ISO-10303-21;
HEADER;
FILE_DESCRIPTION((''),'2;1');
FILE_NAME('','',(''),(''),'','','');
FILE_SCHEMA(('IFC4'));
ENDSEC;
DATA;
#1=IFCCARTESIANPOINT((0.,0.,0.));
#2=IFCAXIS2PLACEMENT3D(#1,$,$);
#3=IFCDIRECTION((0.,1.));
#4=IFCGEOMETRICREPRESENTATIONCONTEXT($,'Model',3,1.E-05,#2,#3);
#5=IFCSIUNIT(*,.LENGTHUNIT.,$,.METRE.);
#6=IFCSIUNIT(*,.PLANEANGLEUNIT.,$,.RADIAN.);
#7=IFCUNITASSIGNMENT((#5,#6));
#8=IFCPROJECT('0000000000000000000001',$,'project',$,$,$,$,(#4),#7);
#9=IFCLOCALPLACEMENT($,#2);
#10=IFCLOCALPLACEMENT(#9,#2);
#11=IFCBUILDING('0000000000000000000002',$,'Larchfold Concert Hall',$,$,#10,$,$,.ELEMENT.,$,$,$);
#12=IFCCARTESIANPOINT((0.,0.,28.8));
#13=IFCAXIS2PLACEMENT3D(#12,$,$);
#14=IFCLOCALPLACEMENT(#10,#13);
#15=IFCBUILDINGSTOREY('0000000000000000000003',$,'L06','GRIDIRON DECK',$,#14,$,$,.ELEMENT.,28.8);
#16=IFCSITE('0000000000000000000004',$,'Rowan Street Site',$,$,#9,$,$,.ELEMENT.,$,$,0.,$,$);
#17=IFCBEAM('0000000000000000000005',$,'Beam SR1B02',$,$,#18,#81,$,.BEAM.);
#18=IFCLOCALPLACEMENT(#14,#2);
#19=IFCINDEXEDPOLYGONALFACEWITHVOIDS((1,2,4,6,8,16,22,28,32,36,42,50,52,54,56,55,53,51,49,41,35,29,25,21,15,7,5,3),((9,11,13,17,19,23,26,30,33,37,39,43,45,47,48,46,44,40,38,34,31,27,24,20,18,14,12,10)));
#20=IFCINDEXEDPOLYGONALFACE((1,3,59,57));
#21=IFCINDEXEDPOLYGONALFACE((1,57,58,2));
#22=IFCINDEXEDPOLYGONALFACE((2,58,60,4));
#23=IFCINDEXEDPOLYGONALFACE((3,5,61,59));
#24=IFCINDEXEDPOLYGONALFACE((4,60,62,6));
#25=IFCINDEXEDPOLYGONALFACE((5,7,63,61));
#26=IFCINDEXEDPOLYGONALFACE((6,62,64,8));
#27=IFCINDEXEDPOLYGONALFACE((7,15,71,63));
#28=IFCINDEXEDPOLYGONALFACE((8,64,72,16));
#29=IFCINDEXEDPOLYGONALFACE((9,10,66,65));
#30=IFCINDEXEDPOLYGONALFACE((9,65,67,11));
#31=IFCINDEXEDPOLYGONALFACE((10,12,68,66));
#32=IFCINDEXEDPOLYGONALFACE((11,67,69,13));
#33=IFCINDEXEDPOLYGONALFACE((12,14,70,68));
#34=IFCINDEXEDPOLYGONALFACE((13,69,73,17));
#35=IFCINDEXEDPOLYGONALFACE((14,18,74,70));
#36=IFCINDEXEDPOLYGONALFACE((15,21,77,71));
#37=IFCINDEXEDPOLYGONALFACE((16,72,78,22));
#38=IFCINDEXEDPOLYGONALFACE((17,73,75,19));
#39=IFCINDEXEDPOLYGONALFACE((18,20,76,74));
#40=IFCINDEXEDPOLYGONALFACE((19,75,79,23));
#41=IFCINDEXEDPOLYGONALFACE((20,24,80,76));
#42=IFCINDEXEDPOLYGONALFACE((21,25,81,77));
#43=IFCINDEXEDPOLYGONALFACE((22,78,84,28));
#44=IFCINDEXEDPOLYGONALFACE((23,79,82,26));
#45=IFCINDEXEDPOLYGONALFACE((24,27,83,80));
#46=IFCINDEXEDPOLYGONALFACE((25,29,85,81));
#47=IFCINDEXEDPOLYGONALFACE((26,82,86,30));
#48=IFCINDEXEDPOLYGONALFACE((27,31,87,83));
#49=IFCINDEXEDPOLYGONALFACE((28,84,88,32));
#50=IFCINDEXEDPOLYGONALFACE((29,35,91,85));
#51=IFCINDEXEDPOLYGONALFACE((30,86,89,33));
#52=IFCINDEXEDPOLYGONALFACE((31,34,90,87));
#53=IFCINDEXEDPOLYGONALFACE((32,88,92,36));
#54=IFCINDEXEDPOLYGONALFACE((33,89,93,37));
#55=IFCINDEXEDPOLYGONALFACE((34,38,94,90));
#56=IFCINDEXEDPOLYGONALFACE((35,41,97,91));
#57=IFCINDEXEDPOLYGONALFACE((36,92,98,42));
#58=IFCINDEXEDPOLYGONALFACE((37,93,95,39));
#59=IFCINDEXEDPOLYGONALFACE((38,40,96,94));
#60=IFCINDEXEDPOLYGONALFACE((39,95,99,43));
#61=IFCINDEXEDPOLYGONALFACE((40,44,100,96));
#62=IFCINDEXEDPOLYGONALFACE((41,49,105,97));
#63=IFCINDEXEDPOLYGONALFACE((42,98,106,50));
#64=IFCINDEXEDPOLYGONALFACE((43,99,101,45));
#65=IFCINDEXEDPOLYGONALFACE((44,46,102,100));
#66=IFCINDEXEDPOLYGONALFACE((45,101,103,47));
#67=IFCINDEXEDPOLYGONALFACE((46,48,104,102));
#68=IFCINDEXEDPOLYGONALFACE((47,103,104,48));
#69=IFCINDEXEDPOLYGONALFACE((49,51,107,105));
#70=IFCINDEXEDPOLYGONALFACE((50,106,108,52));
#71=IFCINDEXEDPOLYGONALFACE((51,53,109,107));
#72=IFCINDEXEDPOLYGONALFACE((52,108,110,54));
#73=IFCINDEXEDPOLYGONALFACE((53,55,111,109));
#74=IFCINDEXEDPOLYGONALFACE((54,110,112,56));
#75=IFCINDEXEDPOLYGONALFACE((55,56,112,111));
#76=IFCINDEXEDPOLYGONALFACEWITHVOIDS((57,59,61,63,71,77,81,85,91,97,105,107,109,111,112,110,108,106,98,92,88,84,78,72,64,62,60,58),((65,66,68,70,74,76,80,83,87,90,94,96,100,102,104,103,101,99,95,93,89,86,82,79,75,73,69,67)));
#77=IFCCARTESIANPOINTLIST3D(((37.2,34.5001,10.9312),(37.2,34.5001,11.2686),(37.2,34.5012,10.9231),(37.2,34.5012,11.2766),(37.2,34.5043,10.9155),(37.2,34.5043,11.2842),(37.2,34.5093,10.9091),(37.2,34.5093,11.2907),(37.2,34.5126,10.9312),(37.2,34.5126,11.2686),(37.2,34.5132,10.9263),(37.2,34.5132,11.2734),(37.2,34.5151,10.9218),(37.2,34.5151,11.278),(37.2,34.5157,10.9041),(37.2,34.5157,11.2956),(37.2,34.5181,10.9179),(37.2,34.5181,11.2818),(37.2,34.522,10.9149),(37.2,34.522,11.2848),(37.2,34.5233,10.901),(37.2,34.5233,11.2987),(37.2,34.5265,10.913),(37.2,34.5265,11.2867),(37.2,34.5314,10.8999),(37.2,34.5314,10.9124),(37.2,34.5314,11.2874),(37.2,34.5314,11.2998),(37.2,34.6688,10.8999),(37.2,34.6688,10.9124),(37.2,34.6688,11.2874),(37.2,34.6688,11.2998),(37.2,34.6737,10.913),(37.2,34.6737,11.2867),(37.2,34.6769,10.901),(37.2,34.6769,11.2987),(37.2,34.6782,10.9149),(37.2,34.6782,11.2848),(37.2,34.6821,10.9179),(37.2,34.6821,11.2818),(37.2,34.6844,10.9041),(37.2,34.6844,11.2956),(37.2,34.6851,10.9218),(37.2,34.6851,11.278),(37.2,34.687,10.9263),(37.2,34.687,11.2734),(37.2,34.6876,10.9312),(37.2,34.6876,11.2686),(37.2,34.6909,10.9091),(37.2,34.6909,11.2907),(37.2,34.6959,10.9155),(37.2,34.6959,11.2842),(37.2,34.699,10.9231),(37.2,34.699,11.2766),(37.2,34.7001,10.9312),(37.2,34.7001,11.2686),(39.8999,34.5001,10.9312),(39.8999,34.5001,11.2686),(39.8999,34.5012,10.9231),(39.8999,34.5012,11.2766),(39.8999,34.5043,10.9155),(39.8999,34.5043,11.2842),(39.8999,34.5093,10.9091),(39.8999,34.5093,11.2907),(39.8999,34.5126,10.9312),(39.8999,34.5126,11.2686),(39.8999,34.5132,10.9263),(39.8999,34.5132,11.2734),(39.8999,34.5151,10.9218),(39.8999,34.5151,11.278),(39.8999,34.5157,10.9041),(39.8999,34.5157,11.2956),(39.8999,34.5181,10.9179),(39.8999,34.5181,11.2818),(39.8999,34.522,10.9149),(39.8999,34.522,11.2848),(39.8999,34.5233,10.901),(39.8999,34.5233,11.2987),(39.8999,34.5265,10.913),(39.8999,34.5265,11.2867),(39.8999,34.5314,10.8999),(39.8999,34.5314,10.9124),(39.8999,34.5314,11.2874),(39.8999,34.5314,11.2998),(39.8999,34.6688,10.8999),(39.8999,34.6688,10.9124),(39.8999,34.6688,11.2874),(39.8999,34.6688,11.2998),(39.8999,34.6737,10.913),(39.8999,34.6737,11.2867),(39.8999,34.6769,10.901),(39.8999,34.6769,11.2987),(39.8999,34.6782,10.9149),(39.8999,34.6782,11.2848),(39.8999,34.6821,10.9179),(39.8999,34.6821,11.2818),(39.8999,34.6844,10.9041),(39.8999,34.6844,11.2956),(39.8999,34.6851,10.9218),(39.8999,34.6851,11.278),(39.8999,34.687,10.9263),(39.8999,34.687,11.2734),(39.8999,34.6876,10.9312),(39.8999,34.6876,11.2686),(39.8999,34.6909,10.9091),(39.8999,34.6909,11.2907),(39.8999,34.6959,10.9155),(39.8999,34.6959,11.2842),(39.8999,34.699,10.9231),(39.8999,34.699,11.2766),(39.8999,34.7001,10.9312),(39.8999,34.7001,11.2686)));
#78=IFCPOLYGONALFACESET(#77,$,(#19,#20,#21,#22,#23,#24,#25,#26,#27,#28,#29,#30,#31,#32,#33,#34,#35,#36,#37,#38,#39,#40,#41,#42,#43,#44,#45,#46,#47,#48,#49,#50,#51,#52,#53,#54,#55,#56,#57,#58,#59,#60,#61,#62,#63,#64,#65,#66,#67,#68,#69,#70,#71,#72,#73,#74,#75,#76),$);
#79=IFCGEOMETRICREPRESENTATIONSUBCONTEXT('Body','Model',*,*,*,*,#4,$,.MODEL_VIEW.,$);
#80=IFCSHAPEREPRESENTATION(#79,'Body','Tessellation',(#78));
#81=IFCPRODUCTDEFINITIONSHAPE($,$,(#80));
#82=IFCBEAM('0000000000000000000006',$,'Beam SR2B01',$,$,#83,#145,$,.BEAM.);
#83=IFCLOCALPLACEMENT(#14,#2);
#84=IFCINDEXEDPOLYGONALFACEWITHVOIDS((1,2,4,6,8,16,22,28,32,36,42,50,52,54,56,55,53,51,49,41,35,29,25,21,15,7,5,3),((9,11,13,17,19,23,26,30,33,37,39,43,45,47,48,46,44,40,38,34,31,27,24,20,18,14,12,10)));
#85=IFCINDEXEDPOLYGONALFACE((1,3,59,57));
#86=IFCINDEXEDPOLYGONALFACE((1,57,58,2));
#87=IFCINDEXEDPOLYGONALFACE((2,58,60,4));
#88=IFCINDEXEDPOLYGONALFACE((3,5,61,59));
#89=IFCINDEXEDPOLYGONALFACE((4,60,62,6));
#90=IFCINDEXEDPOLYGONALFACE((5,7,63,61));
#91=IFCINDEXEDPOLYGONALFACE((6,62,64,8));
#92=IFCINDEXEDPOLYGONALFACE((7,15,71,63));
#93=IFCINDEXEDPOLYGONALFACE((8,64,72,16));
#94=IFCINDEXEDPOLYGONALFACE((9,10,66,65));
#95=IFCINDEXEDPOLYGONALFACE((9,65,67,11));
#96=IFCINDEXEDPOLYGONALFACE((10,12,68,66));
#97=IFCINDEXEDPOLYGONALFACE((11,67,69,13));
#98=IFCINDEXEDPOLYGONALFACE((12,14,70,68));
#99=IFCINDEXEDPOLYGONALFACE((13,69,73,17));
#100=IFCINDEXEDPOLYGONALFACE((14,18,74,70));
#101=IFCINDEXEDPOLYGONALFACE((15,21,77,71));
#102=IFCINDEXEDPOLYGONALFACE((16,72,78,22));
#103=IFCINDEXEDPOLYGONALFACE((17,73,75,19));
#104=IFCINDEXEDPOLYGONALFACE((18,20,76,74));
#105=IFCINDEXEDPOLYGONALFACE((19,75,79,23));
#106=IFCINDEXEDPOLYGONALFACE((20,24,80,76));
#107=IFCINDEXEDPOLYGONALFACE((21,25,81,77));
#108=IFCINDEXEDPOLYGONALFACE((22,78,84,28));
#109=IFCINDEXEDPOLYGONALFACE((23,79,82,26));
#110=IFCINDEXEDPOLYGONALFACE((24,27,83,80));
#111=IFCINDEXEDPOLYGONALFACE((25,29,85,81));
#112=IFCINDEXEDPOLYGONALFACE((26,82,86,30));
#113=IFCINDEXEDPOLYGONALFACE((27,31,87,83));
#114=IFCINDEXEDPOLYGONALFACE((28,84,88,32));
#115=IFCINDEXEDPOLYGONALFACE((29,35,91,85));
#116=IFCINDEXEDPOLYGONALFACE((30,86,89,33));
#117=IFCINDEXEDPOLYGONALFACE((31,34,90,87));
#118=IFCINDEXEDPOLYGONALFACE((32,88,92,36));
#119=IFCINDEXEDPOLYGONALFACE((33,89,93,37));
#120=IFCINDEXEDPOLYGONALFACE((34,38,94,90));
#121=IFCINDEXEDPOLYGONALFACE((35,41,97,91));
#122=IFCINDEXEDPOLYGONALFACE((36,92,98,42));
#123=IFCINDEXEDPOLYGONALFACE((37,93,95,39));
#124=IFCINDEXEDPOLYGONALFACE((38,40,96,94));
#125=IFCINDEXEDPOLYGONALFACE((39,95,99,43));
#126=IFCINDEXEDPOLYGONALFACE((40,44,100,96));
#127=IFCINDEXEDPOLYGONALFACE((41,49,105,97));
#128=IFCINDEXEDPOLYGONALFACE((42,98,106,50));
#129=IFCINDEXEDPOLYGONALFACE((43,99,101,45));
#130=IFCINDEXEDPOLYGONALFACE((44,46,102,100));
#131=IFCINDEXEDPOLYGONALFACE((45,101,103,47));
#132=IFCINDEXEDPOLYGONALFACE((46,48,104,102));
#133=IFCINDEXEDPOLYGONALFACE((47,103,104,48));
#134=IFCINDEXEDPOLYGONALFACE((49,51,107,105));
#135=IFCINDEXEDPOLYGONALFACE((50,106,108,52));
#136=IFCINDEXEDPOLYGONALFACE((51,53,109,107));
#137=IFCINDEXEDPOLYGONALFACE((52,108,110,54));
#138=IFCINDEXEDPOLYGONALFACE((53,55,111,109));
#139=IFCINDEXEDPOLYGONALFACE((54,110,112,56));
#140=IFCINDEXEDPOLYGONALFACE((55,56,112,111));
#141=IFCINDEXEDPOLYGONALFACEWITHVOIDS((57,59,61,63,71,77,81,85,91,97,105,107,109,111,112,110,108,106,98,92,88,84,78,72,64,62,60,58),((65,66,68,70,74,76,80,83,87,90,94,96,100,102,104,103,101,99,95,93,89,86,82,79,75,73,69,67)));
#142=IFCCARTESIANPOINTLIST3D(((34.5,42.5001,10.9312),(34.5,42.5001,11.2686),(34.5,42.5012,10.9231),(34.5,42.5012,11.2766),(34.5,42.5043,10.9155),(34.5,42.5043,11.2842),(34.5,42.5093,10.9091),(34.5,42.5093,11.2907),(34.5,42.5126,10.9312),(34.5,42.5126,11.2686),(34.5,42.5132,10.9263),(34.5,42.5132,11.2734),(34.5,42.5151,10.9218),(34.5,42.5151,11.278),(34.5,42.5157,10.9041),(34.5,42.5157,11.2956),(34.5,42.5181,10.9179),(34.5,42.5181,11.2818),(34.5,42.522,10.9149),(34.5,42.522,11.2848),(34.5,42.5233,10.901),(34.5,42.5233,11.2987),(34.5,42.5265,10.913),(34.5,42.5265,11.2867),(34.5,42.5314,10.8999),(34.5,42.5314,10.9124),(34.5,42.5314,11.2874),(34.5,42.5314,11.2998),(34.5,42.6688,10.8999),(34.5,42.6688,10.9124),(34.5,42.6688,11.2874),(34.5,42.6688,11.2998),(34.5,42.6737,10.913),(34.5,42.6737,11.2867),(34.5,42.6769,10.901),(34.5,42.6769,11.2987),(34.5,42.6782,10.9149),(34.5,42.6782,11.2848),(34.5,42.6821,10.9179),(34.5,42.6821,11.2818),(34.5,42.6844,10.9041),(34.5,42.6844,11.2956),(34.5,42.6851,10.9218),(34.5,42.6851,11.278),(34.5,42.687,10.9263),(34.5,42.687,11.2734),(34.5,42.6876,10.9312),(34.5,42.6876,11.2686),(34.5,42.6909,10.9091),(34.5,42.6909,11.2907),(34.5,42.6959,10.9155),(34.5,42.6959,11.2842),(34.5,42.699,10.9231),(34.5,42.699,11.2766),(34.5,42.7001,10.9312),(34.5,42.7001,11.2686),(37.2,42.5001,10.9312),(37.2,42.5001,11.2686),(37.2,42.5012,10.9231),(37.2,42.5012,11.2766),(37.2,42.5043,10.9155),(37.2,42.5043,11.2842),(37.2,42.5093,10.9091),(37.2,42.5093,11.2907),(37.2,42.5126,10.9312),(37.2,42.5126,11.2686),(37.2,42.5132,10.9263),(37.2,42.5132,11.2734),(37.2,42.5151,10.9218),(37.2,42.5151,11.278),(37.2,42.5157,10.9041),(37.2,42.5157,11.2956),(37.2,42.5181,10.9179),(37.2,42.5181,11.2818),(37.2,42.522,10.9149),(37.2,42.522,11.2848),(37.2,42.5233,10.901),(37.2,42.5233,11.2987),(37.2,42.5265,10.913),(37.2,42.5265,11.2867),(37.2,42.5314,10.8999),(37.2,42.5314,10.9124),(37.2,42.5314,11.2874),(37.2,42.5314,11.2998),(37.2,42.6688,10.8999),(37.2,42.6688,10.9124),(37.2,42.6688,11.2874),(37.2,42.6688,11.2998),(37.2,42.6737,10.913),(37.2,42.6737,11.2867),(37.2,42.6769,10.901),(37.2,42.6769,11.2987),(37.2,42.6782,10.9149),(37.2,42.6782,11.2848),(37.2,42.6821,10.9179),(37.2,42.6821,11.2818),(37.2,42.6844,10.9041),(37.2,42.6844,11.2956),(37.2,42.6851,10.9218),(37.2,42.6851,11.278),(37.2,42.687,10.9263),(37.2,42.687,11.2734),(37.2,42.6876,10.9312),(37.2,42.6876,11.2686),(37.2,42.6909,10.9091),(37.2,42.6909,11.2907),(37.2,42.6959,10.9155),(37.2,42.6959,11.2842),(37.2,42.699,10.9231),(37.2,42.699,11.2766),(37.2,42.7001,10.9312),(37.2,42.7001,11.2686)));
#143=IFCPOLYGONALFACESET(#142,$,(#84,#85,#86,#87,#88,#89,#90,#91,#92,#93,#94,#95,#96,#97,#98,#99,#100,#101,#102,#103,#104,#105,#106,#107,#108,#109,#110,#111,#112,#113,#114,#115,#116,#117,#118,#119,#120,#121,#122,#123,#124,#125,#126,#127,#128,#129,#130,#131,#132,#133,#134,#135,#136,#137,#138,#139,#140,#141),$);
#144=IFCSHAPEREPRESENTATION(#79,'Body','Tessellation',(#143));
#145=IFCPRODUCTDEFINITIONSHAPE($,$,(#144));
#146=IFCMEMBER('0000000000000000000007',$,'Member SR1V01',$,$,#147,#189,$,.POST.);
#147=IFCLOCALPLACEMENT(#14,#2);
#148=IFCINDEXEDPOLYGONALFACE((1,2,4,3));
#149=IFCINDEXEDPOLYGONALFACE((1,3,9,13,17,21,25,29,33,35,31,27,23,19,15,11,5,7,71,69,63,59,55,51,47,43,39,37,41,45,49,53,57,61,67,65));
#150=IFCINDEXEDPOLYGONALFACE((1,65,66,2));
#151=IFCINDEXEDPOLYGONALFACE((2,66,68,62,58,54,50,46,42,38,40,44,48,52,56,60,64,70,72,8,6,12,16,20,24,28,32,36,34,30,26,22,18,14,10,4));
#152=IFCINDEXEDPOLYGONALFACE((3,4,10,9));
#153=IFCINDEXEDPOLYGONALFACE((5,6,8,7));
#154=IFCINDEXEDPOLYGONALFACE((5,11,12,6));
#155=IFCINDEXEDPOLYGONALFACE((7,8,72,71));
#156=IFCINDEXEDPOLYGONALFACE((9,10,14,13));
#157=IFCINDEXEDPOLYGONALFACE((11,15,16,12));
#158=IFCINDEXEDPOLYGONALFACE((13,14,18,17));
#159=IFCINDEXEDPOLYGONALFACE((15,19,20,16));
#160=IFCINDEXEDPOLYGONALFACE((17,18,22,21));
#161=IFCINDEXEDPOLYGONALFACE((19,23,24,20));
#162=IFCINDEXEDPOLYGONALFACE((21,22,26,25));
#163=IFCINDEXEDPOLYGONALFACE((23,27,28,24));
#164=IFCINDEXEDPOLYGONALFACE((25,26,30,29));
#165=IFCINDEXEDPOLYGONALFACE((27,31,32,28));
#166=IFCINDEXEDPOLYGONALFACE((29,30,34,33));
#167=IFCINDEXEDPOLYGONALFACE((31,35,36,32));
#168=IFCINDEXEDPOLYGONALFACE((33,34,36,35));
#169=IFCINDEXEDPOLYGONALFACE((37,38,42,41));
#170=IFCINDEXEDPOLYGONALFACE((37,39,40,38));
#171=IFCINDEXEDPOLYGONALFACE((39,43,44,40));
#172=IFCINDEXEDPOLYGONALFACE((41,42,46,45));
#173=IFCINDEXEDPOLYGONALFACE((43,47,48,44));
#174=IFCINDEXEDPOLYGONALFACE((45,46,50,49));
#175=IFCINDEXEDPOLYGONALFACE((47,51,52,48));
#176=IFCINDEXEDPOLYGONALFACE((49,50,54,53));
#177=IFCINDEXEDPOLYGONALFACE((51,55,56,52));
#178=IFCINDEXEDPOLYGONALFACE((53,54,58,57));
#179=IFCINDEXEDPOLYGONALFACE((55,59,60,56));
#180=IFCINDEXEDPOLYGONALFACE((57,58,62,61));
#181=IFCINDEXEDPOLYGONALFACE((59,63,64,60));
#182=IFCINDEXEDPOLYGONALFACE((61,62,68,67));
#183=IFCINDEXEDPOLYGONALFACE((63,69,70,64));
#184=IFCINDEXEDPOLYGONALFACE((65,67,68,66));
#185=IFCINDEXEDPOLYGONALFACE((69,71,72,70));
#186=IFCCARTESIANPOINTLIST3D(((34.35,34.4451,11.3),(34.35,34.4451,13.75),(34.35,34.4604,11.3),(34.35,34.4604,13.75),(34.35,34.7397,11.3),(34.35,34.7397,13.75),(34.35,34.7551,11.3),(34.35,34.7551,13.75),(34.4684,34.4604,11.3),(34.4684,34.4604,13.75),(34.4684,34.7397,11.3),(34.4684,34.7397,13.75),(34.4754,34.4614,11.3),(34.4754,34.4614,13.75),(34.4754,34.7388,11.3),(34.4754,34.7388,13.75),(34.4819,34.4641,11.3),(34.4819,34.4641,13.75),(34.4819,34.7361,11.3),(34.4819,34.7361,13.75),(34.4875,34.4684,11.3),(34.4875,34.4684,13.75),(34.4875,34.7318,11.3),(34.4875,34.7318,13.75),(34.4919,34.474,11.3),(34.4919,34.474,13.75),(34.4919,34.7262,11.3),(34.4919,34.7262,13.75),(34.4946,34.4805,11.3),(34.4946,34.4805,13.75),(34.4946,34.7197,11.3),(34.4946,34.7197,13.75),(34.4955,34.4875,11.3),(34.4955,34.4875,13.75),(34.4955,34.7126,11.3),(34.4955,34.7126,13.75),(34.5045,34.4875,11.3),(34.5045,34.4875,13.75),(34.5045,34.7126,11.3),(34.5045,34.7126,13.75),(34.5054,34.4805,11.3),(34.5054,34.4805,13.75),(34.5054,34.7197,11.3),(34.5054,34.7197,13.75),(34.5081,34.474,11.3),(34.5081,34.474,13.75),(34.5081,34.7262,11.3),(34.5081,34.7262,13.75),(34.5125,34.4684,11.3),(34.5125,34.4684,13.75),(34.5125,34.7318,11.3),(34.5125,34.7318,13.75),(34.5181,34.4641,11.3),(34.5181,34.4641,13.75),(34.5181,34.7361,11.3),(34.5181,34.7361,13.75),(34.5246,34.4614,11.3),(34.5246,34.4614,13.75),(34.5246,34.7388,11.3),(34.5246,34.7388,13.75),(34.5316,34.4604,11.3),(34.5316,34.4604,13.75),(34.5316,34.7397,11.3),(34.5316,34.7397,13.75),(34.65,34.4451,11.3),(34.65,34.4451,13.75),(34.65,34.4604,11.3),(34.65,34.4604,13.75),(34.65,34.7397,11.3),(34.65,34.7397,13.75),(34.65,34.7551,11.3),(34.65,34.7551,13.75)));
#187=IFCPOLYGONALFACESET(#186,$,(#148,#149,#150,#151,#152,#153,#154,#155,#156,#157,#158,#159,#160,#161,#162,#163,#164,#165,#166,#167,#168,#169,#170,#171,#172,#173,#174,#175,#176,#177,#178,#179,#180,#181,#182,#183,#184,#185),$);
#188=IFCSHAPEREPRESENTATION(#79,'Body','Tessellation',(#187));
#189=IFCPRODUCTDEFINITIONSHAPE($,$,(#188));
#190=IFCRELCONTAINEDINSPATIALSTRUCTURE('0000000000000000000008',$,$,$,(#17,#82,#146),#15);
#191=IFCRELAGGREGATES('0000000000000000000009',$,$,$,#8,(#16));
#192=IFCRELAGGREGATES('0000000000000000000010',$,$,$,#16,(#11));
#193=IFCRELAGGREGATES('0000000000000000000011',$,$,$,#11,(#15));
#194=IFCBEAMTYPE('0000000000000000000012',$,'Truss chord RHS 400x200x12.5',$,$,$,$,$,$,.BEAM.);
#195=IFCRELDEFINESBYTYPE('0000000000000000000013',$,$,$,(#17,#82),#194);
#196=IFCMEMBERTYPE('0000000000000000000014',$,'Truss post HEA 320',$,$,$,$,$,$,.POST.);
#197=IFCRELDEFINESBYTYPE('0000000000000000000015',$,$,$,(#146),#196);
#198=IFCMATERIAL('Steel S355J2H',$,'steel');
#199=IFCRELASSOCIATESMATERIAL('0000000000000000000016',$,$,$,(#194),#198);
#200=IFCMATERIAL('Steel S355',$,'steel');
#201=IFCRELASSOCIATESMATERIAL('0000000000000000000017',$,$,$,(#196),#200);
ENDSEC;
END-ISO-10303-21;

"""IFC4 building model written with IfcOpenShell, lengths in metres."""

from ifc_helpers import new_model, si_unit, direction, frame, origin, origin_2d, place, context, subcontext, project, spatial, hollow_rectangle, i_section, extrude, material, material_profile, profile_set, type_object, element, save


model = new_model("IFC4")

# Units and contexts
model_context = context("Model", 3, precision=1e-05, world=origin(), true_north=direction((0.0, 1.0)))
body_context = subcontext(model_context, "Body", "Model", "MODEL_VIEW")
ifc_project = project(units=[si_unit("LENGTHUNIT", "METRE"), si_unit("PLANEANGLEUNIT", "RADIAN")], contexts=[model_context])

# Site, building, storey
site_placement = place(None, origin())
site = spatial("IfcSite", under=ifc_project, at=site_placement, Name="Rowan Street Site", CompositionType="ELEMENT", RefElevation=0.0)
building_placement = place(site_placement, origin())
building = spatial("IfcBuilding", under=site, at=building_placement, Name="Larchfold Concert Hall", CompositionType="ELEMENT")
storey_placement = place(building_placement, frame((0.0, 0.0, 28.8)))
storey = spatial("IfcBuildingStorey", under=building, at=storey_placement, Name="L06", Description="GRIDIRON DECK", CompositionType="ELEMENT", Elevation=28.8)

# Beams
ifc_material_1 = material(Name="Steel S355J2H", Category="steel")
ifc_material_profile_1 = material_profile(ifc_material_1, hollow_rectangle(XDim=0.2, YDim=0.3999, WallThickness=0.0125, InnerFilletRadius=0.0188, OuterFilletRadius=0.0312, at=origin_2d()))
ifc_profile_set_1 = profile_set([ifc_material_profile_1], Name="Steel S355J2H")
beam_type_1 = type_object("IfcBeamType", Name="Truss chord RHS 400x200x12.5", PredefinedType="BEAM", material=ifc_profile_set_1)
for number, where, z_axis, x_axis, name in (
    (1, (37.2, 34.6001, 11.0999), (1.0, 0.0, 0.0), (0.0, 1.0, 0.0), "Beam SR1B02"),
    (2, (34.5, 42.6001, 11.0999), (1.0, 0.0, 0.0), (0.0, 1.0, 0.0), "Beam SR2B01"),
):
    element("IfcBeam", number, at=place(storey_placement, frame(where, z_axis=z_axis, x_axis=x_axis)), inside=storey, type_object=beam_type_1, Name=name, PredefinedType="BEAM", context=body_context, shape_type="SweptSolid", body=[
        extrude(hollow_rectangle(XDim=0.2, YDim=0.3999, WallThickness=0.0125, InnerFilletRadius=0.0188, OuterFilletRadius=0.0312, at=origin_2d()), origin(), (0.0, 0.0, 1.0), 2.7),
    ])

# Member
ifc_material_2 = material(Name="Steel S355", Category="steel")
ifc_material_profile_2 = material_profile(ifc_material_2, i_section(OverallWidth=0.3, OverallDepth=0.3101, WebThickness=0.009, FlangeThickness=0.0154, FilletRadius=0.0271, at=origin_2d()))
ifc_profile_set_2 = profile_set([ifc_material_profile_2], Name="Steel S355")
member_type_1 = type_object("IfcMemberType", Name="Truss post HEA 320", PredefinedType="POST", material=ifc_profile_set_2)
for number, where, z_axis, x_axis, name in (
    (3, (34.5, 34.6001, 11.3), (0.0, 0.0, 1.0), (1.0, 0.0, 0.0), "Member SR1V01"),
):
    element("IfcMember", number, at=place(storey_placement, frame(where, z_axis=z_axis, x_axis=x_axis)), inside=storey, type_object=member_type_1, Name=name, PredefinedType="POST", context=body_context, shape_type="SweptSolid", body=[
        extrude(i_section(OverallWidth=0.3, OverallDepth=0.3101, WebThickness=0.009, FlangeThickness=0.0154, FilletRadius=0.0271, at=origin_2d()), origin(), (0.0, 0.0, 1.0), 2.45),
    ])

save(model, "model.ifc")
